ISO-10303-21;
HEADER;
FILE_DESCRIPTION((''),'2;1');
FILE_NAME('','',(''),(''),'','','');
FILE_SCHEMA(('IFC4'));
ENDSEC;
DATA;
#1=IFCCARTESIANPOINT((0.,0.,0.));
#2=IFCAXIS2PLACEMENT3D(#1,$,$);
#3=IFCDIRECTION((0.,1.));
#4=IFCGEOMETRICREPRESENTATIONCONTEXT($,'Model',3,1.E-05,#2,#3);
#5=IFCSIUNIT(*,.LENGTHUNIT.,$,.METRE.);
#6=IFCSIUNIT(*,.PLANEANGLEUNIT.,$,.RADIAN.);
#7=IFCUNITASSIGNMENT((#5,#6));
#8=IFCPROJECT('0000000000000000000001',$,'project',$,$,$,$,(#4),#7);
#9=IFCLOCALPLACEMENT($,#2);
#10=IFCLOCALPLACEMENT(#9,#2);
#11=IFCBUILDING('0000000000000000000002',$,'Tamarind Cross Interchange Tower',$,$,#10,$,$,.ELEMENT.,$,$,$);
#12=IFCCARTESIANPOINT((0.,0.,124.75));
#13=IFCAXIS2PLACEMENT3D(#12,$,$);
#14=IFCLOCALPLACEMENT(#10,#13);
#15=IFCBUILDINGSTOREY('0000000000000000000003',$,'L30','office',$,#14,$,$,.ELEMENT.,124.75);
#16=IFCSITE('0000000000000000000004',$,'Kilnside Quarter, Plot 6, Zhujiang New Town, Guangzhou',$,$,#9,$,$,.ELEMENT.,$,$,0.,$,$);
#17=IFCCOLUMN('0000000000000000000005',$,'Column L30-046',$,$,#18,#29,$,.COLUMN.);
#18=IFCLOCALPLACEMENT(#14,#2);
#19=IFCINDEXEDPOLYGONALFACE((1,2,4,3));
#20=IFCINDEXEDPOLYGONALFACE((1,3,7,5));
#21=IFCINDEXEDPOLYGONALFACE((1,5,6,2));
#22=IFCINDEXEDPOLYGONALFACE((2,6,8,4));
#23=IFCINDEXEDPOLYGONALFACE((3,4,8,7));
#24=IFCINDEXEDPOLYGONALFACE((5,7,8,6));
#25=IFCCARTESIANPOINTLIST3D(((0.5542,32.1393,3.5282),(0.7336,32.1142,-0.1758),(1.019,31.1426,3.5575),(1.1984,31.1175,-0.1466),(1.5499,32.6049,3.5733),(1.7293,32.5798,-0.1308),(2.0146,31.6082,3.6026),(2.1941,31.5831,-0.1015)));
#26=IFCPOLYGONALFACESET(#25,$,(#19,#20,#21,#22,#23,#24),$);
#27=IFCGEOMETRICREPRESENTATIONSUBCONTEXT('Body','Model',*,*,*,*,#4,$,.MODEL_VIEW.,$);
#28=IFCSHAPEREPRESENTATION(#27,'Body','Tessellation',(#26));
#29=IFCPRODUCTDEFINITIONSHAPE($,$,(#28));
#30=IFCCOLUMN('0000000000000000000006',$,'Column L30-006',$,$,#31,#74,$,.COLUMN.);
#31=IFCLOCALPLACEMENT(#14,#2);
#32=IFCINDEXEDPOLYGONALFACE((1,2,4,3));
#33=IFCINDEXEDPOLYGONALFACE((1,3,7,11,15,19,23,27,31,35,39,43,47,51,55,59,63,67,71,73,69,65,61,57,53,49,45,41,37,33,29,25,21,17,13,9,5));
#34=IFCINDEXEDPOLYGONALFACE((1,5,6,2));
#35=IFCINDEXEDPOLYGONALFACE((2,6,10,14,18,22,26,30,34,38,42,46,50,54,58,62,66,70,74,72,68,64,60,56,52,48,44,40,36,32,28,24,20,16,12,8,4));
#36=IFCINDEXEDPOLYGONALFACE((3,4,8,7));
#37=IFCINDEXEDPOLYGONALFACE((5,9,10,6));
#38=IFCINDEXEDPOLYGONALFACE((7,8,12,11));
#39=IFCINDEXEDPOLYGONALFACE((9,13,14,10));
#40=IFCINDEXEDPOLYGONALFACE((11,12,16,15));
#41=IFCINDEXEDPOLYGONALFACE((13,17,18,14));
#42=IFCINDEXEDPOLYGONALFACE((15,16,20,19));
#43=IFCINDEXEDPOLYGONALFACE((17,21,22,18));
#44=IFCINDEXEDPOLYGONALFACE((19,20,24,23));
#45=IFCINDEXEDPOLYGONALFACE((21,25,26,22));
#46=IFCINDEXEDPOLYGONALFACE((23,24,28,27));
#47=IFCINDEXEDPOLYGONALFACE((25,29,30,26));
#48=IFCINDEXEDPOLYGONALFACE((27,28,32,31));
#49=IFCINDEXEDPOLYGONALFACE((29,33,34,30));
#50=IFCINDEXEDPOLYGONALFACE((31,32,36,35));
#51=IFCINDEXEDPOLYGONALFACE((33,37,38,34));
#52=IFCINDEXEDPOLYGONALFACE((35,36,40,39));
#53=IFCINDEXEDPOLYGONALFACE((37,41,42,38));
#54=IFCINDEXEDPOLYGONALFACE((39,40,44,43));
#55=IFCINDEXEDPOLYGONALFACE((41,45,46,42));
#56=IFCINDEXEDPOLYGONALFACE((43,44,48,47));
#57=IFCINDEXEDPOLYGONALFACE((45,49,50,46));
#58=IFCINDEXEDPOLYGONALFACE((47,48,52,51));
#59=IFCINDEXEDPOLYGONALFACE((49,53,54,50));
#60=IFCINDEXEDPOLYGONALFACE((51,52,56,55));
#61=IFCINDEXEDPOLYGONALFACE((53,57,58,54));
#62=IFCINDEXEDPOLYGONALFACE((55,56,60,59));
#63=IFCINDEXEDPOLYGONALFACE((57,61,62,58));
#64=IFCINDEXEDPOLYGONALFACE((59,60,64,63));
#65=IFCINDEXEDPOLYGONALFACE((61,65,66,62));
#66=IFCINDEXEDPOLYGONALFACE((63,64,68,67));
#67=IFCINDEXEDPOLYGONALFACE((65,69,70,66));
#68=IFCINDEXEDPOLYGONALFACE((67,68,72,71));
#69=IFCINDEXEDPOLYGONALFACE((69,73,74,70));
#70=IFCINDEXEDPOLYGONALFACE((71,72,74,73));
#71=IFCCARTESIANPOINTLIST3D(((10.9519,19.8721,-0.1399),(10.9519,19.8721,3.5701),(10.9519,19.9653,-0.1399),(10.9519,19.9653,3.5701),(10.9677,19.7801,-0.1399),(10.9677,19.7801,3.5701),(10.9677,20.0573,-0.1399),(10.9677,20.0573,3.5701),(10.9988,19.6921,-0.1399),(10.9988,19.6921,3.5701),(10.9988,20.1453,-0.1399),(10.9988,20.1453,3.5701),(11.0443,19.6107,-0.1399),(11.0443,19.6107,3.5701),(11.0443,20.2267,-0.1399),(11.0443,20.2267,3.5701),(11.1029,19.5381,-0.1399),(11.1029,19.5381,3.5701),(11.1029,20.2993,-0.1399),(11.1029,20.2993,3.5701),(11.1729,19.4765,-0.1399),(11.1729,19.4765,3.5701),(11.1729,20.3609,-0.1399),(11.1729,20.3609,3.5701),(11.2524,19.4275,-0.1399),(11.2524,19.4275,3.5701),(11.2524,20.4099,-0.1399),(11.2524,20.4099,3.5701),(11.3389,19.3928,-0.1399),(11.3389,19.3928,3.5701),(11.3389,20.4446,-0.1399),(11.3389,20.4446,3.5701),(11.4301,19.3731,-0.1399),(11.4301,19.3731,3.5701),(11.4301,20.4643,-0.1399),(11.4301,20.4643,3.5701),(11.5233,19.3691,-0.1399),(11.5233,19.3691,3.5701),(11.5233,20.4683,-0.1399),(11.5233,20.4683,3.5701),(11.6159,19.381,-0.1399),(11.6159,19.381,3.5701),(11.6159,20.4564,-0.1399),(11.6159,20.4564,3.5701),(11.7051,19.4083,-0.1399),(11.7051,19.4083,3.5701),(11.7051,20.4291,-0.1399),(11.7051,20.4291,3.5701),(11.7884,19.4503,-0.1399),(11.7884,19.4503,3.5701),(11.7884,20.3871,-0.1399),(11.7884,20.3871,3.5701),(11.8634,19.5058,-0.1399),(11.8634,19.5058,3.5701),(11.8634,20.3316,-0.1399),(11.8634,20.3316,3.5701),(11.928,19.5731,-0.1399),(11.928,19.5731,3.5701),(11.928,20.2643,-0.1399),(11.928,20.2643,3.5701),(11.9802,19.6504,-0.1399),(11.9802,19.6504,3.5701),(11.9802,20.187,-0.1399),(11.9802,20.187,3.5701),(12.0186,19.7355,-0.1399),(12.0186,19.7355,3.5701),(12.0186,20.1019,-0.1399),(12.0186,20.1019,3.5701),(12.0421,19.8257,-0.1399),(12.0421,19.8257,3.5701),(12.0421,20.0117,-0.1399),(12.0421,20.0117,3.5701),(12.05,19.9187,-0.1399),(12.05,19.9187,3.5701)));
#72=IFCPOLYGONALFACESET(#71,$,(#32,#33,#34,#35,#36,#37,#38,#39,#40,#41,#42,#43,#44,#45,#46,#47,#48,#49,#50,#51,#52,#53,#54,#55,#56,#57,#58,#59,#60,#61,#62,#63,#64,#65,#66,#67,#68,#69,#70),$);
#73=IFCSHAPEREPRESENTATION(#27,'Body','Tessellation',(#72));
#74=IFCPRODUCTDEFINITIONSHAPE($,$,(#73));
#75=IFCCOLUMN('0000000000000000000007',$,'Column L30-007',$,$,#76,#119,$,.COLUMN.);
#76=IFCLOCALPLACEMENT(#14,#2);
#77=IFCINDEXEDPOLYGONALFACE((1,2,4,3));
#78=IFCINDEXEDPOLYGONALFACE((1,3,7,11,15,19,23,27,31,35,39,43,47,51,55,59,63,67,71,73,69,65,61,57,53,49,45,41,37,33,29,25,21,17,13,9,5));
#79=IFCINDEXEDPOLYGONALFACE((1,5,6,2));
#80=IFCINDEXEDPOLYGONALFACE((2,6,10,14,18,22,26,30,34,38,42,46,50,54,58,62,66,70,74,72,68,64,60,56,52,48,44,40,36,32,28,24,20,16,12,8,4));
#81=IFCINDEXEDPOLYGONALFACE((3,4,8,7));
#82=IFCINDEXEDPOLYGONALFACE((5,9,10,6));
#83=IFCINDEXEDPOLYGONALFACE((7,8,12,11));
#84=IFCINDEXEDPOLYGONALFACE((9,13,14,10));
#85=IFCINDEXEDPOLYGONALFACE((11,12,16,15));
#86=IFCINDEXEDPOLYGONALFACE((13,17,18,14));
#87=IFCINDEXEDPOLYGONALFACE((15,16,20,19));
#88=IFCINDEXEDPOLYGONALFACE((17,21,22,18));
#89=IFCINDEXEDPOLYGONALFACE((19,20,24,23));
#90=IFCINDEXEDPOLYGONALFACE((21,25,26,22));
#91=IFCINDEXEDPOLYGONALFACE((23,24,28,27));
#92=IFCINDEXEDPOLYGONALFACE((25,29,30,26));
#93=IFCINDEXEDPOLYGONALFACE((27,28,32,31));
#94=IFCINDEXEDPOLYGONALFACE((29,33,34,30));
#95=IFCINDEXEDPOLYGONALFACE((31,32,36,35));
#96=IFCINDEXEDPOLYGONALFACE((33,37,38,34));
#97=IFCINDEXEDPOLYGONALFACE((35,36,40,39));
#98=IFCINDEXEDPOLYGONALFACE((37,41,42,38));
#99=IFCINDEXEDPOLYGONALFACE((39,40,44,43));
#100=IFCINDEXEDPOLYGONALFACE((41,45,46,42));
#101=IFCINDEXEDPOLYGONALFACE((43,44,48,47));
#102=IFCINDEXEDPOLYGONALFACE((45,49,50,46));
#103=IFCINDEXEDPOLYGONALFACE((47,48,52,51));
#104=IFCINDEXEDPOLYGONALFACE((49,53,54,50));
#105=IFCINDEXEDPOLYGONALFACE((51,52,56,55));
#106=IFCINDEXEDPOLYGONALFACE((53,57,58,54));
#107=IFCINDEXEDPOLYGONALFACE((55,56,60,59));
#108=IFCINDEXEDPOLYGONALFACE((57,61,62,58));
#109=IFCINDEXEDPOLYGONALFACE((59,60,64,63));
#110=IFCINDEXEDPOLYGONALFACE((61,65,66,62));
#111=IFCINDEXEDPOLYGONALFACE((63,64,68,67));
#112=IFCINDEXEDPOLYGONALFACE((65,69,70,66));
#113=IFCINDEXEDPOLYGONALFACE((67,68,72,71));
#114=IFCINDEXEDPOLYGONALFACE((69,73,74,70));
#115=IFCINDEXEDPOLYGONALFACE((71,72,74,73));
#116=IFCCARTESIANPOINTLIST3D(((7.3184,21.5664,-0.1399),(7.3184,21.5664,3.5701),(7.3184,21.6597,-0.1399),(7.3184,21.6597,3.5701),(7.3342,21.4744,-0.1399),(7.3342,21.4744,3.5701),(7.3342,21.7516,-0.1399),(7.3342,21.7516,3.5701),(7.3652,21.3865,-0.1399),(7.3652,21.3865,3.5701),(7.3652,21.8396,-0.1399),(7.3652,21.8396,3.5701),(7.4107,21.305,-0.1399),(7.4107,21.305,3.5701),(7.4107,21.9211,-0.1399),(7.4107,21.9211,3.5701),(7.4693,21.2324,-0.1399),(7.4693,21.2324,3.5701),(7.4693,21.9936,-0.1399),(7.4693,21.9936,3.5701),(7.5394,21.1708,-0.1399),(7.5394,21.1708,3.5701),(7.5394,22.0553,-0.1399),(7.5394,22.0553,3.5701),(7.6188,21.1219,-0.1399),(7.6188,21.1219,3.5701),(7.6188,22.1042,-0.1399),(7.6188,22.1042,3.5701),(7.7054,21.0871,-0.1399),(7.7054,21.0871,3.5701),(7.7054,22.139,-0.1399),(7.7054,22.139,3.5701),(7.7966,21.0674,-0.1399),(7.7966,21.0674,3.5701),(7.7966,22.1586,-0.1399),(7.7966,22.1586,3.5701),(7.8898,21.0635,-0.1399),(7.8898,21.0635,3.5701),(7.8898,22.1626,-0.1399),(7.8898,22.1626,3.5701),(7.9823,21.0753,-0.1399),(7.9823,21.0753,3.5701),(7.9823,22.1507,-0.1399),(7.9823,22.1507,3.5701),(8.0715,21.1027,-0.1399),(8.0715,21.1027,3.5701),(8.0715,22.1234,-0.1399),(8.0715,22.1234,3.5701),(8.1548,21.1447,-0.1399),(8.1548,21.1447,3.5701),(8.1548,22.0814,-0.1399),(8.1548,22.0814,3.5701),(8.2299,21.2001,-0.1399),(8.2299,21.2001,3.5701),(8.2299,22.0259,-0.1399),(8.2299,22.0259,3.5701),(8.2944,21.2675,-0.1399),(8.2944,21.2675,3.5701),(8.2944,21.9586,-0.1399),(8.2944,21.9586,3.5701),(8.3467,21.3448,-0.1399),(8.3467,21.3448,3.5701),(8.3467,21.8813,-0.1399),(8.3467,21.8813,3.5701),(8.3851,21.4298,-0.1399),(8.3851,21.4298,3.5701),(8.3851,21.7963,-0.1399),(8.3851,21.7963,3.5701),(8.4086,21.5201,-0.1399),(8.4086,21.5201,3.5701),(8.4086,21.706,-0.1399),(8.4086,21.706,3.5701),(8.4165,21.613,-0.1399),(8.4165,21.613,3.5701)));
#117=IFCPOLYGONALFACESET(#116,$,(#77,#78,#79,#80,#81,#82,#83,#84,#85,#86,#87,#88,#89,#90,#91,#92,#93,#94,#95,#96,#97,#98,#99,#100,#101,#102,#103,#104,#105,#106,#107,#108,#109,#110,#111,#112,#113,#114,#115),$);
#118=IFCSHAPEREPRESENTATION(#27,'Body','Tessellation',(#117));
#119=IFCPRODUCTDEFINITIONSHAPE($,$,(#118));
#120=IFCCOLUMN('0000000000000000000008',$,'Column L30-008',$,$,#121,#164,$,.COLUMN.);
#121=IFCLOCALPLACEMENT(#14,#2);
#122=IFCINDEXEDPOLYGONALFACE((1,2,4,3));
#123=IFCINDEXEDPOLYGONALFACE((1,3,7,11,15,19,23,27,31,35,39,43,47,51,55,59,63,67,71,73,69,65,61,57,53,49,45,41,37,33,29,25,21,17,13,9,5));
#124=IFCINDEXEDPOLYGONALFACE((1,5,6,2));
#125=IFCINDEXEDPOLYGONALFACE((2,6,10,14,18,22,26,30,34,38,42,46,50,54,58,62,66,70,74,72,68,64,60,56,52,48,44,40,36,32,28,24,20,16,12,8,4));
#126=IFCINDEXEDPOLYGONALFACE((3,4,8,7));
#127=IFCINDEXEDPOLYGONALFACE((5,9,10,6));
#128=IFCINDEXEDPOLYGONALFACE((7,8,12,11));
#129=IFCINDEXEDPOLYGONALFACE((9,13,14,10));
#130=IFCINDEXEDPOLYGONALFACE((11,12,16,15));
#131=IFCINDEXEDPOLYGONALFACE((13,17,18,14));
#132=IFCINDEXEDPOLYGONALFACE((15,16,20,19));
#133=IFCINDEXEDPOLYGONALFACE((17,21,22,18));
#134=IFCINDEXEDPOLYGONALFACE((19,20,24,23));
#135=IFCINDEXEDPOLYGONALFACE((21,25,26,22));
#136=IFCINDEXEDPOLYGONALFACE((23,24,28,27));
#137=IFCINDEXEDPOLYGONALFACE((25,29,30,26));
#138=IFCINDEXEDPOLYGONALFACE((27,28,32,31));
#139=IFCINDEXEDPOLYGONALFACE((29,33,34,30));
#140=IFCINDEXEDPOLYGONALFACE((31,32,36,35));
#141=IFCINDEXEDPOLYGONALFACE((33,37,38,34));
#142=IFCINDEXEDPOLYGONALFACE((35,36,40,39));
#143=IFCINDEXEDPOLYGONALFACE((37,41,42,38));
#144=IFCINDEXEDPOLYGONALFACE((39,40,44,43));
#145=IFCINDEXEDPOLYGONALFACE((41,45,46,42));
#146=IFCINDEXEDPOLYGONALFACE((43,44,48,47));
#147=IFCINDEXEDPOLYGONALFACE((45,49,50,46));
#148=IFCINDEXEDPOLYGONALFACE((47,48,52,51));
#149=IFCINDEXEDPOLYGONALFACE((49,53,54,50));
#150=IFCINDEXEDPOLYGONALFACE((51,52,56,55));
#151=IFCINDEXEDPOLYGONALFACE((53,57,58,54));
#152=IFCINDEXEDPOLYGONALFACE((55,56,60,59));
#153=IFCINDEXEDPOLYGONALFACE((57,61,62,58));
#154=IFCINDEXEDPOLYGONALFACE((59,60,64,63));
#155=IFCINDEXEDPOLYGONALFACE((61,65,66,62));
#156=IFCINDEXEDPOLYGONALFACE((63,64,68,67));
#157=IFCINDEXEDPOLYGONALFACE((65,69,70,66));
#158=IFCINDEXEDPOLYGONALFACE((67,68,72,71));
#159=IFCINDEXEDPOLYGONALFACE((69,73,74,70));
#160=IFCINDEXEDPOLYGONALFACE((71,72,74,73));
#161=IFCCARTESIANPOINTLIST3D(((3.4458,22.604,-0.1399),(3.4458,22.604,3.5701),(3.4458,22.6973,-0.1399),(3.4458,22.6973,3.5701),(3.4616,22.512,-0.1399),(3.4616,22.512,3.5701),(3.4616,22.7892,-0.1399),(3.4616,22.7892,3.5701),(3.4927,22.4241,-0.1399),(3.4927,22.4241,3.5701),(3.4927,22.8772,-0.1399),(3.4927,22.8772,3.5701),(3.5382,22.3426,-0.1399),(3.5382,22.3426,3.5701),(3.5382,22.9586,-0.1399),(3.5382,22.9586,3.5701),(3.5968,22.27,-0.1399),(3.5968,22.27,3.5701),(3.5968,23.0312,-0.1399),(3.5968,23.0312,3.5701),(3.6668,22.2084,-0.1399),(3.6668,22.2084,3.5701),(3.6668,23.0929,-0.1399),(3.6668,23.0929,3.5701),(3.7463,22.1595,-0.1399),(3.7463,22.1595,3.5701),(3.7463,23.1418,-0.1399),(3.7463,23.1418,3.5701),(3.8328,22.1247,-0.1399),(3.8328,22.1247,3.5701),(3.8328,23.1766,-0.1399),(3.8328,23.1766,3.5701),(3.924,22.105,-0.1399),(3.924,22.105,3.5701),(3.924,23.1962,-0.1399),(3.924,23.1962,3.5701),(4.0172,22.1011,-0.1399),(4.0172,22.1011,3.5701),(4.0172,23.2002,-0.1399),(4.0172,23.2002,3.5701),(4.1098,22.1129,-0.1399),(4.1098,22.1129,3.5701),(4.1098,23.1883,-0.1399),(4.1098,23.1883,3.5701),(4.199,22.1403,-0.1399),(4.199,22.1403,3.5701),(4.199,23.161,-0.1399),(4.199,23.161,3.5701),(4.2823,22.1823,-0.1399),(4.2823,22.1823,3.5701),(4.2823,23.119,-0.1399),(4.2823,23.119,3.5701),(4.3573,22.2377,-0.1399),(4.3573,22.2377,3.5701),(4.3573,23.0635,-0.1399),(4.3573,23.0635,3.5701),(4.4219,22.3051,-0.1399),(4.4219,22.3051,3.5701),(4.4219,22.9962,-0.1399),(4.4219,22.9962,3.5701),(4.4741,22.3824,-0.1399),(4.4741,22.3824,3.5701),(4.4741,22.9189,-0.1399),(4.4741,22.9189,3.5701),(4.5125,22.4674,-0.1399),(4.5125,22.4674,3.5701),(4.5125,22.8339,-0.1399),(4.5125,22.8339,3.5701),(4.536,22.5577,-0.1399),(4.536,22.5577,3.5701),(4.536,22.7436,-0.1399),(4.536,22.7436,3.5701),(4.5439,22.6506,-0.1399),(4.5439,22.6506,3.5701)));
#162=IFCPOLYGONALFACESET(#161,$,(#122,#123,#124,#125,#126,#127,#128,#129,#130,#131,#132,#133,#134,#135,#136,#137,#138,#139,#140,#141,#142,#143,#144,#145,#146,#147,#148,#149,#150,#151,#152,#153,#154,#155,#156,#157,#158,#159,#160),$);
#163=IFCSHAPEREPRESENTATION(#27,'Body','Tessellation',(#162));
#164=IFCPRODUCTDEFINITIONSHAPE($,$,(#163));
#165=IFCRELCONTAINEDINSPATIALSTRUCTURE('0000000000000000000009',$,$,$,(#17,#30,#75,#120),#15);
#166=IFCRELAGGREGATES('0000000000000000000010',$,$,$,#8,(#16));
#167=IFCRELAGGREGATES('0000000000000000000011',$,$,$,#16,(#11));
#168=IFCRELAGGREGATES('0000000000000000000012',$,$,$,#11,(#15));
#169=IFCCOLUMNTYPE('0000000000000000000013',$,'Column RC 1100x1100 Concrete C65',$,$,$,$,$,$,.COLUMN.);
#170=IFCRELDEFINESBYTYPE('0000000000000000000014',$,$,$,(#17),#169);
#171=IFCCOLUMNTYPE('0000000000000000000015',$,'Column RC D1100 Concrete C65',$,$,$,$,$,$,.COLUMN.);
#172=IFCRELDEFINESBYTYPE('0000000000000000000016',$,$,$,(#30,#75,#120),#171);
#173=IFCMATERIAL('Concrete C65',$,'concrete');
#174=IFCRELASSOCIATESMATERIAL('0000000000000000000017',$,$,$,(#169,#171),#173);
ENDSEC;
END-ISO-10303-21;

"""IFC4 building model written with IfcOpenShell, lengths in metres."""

from ifc_helpers import new_model, si_unit, direction, frame, origin, origin_2d, place, context, subcontext, project, spatial, rectangle, circle, extrude, material, material_profile, profile_set, type_object, element, save


model = new_model("IFC4")

# Units and contexts
model_context = context("Model", 3, precision=1e-05, world=origin(), true_north=direction((0.0, 1.0)))
body_context = subcontext(model_context, "Body", "Model", "MODEL_VIEW")
ifc_project = project(units=[si_unit("LENGTHUNIT", "METRE"), si_unit("PLANEANGLEUNIT", "RADIAN")], contexts=[model_context])

# Site, building, storey
site_placement = place(None, origin())
site = spatial("IfcSite", under=ifc_project, at=site_placement, Name="Kilnside Quarter, Plot 6, Zhujiang New Town, Guangzhou", CompositionType="ELEMENT", RefElevation=0.0)
building_placement = place(site_placement, origin())
building = spatial("IfcBuilding", under=site, at=building_placement, Name="Tamarind Cross Interchange Tower", CompositionType="ELEMENT")
storey_placement = place(building_placement, frame((0.0, 0.0, 124.75)))
storey = spatial("IfcBuildingStorey", under=building, at=storey_placement, Name="L30", Description="office", CompositionType="ELEMENT", Elevation=124.75)

# Columns
ifc_material_1 = material(Name="Concrete C65", Category="concrete")
ifc_material_profile_1 = material_profile(ifc_material_1, rectangle(XDim=1.1001, YDim=1.1001, at=origin_2d()), Name="RC 1100x1100")
ifc_profile_set_1 = profile_set([ifc_material_profile_1], Name="Concrete C65")
column_type_1 = type_object("IfcColumnType", Name="Column RC 1100x1100 Concrete C65", PredefinedType="COLUMN", material=ifc_profile_set_1)
column_placement = place(storey_placement, frame((1.4639, 31.8486, -0.1387), z_axis=(-0.048387, 0.006781, 0.998806), x_axis=(0.422461, -0.90599, 0.026617)))
element("IfcColumn", 1, at=column_placement, inside=storey, type_object=column_type_1, Name="Column L30-046", PredefinedType="COLUMN", context=body_context, shape_type="SweptSolid", body=[
    extrude(rectangle(XDim=1.1001, YDim=1.1001, at=origin_2d()), origin(), (0.0, 0.0, 1.0), 3.7085),
])
ifc_material_profile_2 = material_profile(ifc_material_1, circle(Radius=0.55, at=origin_2d()), Name="RC D1100")
ifc_profile_set_2 = profile_set([ifc_material_profile_2], Name="Concrete C65")
column_type_2 = type_object("IfcColumnType", Name="Column RC D1100 Concrete C65", PredefinedType="COLUMN", material=ifc_profile_set_2)
for number, where, z_axis, x_axis, name in (
    (2, (11.5, 19.9187, -0.1399), (0.0, 0.0, 1.0), (1.0, 0.0, 0.0), "Column L30-006"),
    (3, (7.8665, 21.613, -0.1399), (0.0, 0.0, 1.0), (1.0, 0.0, 0.0), "Column L30-007"),
    (4, (3.9939, 22.6506, -0.1399), (0.0, 0.0, 1.0), (1.0, 0.0, 0.0), "Column L30-008"),
):
    element("IfcColumn", number, at=place(storey_placement, frame(where, z_axis=z_axis, x_axis=x_axis)), inside=storey, type_object=column_type_2, Name=name, PredefinedType="COLUMN", context=body_context, shape_type="SweptSolid", body=[
        extrude(circle(Radius=0.55, at=origin_2d()), origin(), (0.0, 0.0, 1.0), 3.71),
    ])

save(model, "model.ifc")
